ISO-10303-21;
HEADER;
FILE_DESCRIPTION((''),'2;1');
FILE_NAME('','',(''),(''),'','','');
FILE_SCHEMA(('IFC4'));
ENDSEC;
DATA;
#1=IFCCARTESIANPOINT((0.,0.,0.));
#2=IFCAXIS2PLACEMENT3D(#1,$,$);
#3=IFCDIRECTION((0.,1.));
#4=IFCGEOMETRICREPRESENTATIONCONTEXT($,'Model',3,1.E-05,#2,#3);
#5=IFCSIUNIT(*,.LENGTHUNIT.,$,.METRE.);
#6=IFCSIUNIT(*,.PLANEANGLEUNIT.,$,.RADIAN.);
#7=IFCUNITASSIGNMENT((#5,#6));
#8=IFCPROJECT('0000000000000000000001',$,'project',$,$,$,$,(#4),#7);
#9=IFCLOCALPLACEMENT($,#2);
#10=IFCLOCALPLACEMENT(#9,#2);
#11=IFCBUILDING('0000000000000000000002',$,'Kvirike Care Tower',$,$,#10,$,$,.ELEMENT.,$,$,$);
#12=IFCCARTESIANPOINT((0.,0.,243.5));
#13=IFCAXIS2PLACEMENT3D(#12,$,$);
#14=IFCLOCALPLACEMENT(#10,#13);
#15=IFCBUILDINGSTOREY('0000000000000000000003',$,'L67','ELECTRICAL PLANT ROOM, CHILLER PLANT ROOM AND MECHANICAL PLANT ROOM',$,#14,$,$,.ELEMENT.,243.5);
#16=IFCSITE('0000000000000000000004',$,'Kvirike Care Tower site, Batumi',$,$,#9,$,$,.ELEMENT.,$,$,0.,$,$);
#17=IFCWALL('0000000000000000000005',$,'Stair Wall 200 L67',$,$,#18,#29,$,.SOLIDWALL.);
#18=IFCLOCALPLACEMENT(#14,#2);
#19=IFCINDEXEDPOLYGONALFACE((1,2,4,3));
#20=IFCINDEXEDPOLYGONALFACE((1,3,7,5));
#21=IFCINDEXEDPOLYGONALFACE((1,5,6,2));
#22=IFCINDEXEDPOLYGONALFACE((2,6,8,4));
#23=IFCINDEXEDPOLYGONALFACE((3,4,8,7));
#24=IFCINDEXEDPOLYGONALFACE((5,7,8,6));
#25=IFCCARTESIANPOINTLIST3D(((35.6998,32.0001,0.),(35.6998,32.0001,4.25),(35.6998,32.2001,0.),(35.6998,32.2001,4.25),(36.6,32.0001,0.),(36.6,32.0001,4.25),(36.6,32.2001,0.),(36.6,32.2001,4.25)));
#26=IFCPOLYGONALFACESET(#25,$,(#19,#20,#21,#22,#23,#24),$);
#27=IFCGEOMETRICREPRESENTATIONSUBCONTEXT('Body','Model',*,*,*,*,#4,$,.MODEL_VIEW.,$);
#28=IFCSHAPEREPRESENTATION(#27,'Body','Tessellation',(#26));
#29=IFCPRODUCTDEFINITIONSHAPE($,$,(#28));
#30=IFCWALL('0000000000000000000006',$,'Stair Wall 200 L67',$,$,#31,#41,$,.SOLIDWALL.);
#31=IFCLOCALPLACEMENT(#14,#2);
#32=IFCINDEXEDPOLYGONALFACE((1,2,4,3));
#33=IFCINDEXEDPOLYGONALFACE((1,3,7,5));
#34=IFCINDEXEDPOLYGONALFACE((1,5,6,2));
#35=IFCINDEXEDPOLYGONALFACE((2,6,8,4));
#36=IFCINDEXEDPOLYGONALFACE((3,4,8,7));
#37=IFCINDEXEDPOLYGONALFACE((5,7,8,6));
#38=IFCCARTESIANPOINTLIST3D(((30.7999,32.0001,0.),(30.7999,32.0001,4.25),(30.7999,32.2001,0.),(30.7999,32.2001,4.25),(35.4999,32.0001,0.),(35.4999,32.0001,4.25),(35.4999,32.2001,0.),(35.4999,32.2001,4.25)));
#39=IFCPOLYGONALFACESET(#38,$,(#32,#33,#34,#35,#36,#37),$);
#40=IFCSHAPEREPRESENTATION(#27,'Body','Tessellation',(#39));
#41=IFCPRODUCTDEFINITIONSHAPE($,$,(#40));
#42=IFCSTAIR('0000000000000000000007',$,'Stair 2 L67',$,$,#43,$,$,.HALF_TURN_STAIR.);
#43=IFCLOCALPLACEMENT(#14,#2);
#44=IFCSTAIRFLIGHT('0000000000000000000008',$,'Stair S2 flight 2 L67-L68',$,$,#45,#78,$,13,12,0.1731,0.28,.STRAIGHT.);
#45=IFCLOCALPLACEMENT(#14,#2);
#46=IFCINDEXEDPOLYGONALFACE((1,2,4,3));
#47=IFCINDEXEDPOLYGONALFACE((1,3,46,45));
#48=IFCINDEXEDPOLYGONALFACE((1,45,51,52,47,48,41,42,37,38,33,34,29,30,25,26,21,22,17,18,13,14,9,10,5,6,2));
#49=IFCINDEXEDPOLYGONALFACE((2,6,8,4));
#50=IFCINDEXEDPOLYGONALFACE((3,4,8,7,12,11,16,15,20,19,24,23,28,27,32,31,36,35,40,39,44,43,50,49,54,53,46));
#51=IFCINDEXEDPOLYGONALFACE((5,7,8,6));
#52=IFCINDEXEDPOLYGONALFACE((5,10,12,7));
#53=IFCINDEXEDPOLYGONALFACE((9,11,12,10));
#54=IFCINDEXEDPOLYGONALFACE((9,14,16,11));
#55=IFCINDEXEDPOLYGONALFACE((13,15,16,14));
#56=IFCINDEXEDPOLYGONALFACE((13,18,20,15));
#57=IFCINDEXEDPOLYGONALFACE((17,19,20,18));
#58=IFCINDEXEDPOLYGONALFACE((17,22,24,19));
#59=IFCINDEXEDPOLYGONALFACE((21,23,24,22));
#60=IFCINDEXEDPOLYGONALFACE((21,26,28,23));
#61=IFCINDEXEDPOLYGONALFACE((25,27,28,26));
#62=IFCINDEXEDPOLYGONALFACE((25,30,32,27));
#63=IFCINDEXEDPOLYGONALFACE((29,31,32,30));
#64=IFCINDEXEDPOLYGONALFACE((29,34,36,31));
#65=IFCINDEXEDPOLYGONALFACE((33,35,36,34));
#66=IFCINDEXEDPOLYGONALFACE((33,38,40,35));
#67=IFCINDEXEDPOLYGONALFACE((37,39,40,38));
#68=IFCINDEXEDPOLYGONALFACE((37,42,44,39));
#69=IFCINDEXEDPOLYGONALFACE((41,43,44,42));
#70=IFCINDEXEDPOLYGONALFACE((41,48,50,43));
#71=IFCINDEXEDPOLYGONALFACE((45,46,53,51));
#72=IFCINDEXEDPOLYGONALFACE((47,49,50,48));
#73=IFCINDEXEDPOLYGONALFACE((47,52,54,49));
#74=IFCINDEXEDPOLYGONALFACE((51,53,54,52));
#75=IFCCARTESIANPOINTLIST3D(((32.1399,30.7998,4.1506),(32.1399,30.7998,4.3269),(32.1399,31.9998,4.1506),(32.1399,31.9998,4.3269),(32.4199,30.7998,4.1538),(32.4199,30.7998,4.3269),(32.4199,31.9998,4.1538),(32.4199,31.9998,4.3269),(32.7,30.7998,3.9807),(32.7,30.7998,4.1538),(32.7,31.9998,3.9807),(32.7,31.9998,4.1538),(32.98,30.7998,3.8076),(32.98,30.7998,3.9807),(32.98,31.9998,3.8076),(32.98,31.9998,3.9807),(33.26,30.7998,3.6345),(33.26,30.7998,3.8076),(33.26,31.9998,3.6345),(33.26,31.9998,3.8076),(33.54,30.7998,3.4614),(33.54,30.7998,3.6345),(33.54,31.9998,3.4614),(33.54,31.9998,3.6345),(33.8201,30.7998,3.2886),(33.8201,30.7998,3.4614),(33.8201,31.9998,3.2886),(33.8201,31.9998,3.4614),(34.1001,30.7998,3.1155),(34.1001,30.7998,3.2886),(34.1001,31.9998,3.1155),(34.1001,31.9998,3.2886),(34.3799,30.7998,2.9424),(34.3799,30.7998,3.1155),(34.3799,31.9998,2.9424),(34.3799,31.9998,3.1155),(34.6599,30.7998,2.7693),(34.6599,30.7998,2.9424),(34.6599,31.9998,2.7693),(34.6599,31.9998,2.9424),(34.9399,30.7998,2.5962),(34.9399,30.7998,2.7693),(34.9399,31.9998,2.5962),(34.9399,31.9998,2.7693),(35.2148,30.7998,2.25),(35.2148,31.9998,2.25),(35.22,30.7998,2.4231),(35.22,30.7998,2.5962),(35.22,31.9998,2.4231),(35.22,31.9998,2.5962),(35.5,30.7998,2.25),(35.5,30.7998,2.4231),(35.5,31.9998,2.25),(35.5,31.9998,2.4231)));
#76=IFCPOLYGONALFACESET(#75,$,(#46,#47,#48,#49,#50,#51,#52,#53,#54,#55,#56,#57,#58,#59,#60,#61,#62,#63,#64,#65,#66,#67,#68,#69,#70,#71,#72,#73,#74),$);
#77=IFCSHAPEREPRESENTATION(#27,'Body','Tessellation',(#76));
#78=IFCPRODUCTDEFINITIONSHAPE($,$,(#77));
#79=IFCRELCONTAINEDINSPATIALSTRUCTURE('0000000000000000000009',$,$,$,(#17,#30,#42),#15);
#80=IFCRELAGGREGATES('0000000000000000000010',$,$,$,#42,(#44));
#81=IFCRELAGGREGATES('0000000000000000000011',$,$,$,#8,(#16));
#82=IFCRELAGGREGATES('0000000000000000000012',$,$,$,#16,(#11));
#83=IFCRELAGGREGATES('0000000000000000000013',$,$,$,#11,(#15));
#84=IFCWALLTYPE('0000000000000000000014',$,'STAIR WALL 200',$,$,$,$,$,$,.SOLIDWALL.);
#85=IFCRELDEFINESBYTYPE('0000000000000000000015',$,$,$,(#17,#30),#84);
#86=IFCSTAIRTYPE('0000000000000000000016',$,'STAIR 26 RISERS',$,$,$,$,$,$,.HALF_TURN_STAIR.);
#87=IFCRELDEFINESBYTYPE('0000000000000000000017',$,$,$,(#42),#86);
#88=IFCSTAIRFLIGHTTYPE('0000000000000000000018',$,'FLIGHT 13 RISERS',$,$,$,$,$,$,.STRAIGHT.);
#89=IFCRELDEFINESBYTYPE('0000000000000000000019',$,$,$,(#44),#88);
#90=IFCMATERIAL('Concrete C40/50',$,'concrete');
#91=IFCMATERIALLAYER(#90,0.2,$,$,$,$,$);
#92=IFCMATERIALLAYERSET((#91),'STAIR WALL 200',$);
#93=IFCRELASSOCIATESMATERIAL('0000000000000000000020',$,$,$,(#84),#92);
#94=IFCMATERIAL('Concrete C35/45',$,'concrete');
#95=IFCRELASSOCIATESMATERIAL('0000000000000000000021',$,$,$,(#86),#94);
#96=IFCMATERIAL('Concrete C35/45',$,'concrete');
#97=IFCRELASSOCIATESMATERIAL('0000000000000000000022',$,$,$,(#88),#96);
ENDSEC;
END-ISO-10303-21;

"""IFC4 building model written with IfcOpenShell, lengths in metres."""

from ifc_helpers import new_model, si_unit, direction, frame, frame_2d, origin, place, context, subcontext, project, spatial, polyline, rectangle, outline, extrude, material, layer, layer_set, type_object, element, aggregate, save


model = new_model("IFC4")

# Units and contexts
model_context = context("Model", 3, precision=1e-05, world=origin(), true_north=direction((0.0, 1.0)))
body_context = subcontext(model_context, "Body", "Model", "MODEL_VIEW")
ifc_project = project(units=[si_unit("LENGTHUNIT", "METRE"), si_unit("PLANEANGLEUNIT", "RADIAN")], contexts=[model_context])

# Site, building, storey
site_placement = place(None, origin())
site = spatial("IfcSite", under=ifc_project, at=site_placement, Name="Kvirike Care Tower site, Batumi", CompositionType="ELEMENT", RefElevation=0.0)
building_placement = place(site_placement, origin())
building = spatial("IfcBuilding", under=site, at=building_placement, Name="Kvirike Care Tower", CompositionType="ELEMENT")
storey_placement = place(building_placement, frame((0.0, 0.0, 243.5)))
storey = spatial("IfcBuildingStorey", under=building, at=storey_placement, Name="L67", Description="ELECTRICAL PLANT ROOM, CHILLER PLANT ROOM AND MECHANICAL PLANT ROOM", CompositionType="ELEMENT", Elevation=243.5)

# Walls
ifc_material_1 = material(Name="Concrete C40/50", Category="concrete")
ifc_layer_1 = layer(ifc_material_1, 0.2)
ifc_layer_set_1 = layer_set([ifc_layer_1], Name="STAIR WALL 200")
wall_type_1 = type_object("IfcWallType", Name="STAIR WALL 200", PredefinedType="SOLIDWALL", material=ifc_layer_set_1)
wall_1_placement = place(storey_placement, frame((36.6001, 32.1001, 0.0), z_axis=(0.0, 0.0, 1.0), x_axis=(-1.0, 0.0, 0.0)))
element("IfcWall", 1, at=wall_1_placement, inside=storey, type_object=wall_type_1, Name="Stair Wall 200 L67", PredefinedType="SOLIDWALL", context=body_context, shape_type="SweptSolid", body=[
    extrude(rectangle(XDim=0.9001, YDim=0.2, at=frame_2d((0.4502, 0.0))), origin(), (0.0, 0.0, 1.0), 4.25),
])
wall_2_placement = place(storey_placement, frame((35.5, 32.1001, 0.0), z_axis=(0.0, 0.0, 1.0), x_axis=(-1.0, 0.0, 0.0)))
element("IfcWall", 2, at=wall_2_placement, inside=storey, type_object=wall_type_1, Name="Stair Wall 200 L67", PredefinedType="SOLIDWALL", context=body_context, shape_type="SweptSolid", body=[
    extrude(rectangle(XDim=4.7, YDim=0.2, at=frame_2d((2.3501, 0.0))), origin(), (0.0, 0.0, 1.0), 4.25),
])

# Stair, stair flight
ifc_material_2 = material(Name="Concrete C35/45", Category="concrete")
stair_type = type_object("IfcStairType", Name="STAIR 26 RISERS", PredefinedType="HALF_TURN_STAIR", material=ifc_material_2)
stair_placement = place(storey_placement, origin())
stair = element("IfcStair", 3, at=stair_placement, inside=storey, type_object=stair_type, Name="Stair 2 L67", PredefinedType="HALF_TURN_STAIR")
ifc_material_3 = material(Name="Concrete C35/45", Category="concrete")
stair_flight_type = type_object("IfcStairFlightType", Name="FLIGHT 13 RISERS", PredefinedType="STRAIGHT", material=ifc_material_3)
stair_flight_placement = place(storey_placement, frame((35.5, 31.3999, 2.25), z_axis=(0.0, 0.0, 1.0), x_axis=(-1.0, 0.0, 0.0)))
stair_flight = element("IfcStairFlight", 4, at=stair_flight_placement, type_object=stair_flight_type, Name="Stair S2 flight 2 L67-L68", NumberOfRisers=13, NumberOfTreads=12, PredefinedType="STRAIGHT", RiserHeight=0.1731, TreadLength=0.28, context=body_context, shape_type="SweptSolid", body=[
    extrude(outline(polyline([(0.0, 0.0), (0.0, 0.1731), (0.28, 0.1731), (0.28, 0.3462), (0.5601, 0.3462), (0.5601, 0.5193), (0.8401, 0.5193), (0.8401, 0.6924), (1.1201, 0.6924), (1.1201, 0.8655), (1.3999, 0.8655), (1.3999, 1.0386), (1.6799, 1.0386), (1.6799, 1.2114), (1.96, 1.2114), (1.96, 1.3845), (2.24, 1.3845), (2.24, 1.5576), (2.52, 1.5576), (2.52, 1.7307), (2.8, 1.7307), (2.8, 1.9038), (3.0801, 1.9038), (3.0801, 2.0769), (3.3601, 2.0769), (3.3601, 2.25), (3.3601, 1.9006), (0.2852, 0.0), (0.0, 0.0)])), frame((0.0, 0.6001, 0.0), z_axis=(0.0, -1.0, 0.0), x_axis=(1.0, 0.0, 0.0)), (0.0, 0.0, 1.0), 1.2),
])
aggregate(stair, [stair_flight])

save(model, "model.ifc")
